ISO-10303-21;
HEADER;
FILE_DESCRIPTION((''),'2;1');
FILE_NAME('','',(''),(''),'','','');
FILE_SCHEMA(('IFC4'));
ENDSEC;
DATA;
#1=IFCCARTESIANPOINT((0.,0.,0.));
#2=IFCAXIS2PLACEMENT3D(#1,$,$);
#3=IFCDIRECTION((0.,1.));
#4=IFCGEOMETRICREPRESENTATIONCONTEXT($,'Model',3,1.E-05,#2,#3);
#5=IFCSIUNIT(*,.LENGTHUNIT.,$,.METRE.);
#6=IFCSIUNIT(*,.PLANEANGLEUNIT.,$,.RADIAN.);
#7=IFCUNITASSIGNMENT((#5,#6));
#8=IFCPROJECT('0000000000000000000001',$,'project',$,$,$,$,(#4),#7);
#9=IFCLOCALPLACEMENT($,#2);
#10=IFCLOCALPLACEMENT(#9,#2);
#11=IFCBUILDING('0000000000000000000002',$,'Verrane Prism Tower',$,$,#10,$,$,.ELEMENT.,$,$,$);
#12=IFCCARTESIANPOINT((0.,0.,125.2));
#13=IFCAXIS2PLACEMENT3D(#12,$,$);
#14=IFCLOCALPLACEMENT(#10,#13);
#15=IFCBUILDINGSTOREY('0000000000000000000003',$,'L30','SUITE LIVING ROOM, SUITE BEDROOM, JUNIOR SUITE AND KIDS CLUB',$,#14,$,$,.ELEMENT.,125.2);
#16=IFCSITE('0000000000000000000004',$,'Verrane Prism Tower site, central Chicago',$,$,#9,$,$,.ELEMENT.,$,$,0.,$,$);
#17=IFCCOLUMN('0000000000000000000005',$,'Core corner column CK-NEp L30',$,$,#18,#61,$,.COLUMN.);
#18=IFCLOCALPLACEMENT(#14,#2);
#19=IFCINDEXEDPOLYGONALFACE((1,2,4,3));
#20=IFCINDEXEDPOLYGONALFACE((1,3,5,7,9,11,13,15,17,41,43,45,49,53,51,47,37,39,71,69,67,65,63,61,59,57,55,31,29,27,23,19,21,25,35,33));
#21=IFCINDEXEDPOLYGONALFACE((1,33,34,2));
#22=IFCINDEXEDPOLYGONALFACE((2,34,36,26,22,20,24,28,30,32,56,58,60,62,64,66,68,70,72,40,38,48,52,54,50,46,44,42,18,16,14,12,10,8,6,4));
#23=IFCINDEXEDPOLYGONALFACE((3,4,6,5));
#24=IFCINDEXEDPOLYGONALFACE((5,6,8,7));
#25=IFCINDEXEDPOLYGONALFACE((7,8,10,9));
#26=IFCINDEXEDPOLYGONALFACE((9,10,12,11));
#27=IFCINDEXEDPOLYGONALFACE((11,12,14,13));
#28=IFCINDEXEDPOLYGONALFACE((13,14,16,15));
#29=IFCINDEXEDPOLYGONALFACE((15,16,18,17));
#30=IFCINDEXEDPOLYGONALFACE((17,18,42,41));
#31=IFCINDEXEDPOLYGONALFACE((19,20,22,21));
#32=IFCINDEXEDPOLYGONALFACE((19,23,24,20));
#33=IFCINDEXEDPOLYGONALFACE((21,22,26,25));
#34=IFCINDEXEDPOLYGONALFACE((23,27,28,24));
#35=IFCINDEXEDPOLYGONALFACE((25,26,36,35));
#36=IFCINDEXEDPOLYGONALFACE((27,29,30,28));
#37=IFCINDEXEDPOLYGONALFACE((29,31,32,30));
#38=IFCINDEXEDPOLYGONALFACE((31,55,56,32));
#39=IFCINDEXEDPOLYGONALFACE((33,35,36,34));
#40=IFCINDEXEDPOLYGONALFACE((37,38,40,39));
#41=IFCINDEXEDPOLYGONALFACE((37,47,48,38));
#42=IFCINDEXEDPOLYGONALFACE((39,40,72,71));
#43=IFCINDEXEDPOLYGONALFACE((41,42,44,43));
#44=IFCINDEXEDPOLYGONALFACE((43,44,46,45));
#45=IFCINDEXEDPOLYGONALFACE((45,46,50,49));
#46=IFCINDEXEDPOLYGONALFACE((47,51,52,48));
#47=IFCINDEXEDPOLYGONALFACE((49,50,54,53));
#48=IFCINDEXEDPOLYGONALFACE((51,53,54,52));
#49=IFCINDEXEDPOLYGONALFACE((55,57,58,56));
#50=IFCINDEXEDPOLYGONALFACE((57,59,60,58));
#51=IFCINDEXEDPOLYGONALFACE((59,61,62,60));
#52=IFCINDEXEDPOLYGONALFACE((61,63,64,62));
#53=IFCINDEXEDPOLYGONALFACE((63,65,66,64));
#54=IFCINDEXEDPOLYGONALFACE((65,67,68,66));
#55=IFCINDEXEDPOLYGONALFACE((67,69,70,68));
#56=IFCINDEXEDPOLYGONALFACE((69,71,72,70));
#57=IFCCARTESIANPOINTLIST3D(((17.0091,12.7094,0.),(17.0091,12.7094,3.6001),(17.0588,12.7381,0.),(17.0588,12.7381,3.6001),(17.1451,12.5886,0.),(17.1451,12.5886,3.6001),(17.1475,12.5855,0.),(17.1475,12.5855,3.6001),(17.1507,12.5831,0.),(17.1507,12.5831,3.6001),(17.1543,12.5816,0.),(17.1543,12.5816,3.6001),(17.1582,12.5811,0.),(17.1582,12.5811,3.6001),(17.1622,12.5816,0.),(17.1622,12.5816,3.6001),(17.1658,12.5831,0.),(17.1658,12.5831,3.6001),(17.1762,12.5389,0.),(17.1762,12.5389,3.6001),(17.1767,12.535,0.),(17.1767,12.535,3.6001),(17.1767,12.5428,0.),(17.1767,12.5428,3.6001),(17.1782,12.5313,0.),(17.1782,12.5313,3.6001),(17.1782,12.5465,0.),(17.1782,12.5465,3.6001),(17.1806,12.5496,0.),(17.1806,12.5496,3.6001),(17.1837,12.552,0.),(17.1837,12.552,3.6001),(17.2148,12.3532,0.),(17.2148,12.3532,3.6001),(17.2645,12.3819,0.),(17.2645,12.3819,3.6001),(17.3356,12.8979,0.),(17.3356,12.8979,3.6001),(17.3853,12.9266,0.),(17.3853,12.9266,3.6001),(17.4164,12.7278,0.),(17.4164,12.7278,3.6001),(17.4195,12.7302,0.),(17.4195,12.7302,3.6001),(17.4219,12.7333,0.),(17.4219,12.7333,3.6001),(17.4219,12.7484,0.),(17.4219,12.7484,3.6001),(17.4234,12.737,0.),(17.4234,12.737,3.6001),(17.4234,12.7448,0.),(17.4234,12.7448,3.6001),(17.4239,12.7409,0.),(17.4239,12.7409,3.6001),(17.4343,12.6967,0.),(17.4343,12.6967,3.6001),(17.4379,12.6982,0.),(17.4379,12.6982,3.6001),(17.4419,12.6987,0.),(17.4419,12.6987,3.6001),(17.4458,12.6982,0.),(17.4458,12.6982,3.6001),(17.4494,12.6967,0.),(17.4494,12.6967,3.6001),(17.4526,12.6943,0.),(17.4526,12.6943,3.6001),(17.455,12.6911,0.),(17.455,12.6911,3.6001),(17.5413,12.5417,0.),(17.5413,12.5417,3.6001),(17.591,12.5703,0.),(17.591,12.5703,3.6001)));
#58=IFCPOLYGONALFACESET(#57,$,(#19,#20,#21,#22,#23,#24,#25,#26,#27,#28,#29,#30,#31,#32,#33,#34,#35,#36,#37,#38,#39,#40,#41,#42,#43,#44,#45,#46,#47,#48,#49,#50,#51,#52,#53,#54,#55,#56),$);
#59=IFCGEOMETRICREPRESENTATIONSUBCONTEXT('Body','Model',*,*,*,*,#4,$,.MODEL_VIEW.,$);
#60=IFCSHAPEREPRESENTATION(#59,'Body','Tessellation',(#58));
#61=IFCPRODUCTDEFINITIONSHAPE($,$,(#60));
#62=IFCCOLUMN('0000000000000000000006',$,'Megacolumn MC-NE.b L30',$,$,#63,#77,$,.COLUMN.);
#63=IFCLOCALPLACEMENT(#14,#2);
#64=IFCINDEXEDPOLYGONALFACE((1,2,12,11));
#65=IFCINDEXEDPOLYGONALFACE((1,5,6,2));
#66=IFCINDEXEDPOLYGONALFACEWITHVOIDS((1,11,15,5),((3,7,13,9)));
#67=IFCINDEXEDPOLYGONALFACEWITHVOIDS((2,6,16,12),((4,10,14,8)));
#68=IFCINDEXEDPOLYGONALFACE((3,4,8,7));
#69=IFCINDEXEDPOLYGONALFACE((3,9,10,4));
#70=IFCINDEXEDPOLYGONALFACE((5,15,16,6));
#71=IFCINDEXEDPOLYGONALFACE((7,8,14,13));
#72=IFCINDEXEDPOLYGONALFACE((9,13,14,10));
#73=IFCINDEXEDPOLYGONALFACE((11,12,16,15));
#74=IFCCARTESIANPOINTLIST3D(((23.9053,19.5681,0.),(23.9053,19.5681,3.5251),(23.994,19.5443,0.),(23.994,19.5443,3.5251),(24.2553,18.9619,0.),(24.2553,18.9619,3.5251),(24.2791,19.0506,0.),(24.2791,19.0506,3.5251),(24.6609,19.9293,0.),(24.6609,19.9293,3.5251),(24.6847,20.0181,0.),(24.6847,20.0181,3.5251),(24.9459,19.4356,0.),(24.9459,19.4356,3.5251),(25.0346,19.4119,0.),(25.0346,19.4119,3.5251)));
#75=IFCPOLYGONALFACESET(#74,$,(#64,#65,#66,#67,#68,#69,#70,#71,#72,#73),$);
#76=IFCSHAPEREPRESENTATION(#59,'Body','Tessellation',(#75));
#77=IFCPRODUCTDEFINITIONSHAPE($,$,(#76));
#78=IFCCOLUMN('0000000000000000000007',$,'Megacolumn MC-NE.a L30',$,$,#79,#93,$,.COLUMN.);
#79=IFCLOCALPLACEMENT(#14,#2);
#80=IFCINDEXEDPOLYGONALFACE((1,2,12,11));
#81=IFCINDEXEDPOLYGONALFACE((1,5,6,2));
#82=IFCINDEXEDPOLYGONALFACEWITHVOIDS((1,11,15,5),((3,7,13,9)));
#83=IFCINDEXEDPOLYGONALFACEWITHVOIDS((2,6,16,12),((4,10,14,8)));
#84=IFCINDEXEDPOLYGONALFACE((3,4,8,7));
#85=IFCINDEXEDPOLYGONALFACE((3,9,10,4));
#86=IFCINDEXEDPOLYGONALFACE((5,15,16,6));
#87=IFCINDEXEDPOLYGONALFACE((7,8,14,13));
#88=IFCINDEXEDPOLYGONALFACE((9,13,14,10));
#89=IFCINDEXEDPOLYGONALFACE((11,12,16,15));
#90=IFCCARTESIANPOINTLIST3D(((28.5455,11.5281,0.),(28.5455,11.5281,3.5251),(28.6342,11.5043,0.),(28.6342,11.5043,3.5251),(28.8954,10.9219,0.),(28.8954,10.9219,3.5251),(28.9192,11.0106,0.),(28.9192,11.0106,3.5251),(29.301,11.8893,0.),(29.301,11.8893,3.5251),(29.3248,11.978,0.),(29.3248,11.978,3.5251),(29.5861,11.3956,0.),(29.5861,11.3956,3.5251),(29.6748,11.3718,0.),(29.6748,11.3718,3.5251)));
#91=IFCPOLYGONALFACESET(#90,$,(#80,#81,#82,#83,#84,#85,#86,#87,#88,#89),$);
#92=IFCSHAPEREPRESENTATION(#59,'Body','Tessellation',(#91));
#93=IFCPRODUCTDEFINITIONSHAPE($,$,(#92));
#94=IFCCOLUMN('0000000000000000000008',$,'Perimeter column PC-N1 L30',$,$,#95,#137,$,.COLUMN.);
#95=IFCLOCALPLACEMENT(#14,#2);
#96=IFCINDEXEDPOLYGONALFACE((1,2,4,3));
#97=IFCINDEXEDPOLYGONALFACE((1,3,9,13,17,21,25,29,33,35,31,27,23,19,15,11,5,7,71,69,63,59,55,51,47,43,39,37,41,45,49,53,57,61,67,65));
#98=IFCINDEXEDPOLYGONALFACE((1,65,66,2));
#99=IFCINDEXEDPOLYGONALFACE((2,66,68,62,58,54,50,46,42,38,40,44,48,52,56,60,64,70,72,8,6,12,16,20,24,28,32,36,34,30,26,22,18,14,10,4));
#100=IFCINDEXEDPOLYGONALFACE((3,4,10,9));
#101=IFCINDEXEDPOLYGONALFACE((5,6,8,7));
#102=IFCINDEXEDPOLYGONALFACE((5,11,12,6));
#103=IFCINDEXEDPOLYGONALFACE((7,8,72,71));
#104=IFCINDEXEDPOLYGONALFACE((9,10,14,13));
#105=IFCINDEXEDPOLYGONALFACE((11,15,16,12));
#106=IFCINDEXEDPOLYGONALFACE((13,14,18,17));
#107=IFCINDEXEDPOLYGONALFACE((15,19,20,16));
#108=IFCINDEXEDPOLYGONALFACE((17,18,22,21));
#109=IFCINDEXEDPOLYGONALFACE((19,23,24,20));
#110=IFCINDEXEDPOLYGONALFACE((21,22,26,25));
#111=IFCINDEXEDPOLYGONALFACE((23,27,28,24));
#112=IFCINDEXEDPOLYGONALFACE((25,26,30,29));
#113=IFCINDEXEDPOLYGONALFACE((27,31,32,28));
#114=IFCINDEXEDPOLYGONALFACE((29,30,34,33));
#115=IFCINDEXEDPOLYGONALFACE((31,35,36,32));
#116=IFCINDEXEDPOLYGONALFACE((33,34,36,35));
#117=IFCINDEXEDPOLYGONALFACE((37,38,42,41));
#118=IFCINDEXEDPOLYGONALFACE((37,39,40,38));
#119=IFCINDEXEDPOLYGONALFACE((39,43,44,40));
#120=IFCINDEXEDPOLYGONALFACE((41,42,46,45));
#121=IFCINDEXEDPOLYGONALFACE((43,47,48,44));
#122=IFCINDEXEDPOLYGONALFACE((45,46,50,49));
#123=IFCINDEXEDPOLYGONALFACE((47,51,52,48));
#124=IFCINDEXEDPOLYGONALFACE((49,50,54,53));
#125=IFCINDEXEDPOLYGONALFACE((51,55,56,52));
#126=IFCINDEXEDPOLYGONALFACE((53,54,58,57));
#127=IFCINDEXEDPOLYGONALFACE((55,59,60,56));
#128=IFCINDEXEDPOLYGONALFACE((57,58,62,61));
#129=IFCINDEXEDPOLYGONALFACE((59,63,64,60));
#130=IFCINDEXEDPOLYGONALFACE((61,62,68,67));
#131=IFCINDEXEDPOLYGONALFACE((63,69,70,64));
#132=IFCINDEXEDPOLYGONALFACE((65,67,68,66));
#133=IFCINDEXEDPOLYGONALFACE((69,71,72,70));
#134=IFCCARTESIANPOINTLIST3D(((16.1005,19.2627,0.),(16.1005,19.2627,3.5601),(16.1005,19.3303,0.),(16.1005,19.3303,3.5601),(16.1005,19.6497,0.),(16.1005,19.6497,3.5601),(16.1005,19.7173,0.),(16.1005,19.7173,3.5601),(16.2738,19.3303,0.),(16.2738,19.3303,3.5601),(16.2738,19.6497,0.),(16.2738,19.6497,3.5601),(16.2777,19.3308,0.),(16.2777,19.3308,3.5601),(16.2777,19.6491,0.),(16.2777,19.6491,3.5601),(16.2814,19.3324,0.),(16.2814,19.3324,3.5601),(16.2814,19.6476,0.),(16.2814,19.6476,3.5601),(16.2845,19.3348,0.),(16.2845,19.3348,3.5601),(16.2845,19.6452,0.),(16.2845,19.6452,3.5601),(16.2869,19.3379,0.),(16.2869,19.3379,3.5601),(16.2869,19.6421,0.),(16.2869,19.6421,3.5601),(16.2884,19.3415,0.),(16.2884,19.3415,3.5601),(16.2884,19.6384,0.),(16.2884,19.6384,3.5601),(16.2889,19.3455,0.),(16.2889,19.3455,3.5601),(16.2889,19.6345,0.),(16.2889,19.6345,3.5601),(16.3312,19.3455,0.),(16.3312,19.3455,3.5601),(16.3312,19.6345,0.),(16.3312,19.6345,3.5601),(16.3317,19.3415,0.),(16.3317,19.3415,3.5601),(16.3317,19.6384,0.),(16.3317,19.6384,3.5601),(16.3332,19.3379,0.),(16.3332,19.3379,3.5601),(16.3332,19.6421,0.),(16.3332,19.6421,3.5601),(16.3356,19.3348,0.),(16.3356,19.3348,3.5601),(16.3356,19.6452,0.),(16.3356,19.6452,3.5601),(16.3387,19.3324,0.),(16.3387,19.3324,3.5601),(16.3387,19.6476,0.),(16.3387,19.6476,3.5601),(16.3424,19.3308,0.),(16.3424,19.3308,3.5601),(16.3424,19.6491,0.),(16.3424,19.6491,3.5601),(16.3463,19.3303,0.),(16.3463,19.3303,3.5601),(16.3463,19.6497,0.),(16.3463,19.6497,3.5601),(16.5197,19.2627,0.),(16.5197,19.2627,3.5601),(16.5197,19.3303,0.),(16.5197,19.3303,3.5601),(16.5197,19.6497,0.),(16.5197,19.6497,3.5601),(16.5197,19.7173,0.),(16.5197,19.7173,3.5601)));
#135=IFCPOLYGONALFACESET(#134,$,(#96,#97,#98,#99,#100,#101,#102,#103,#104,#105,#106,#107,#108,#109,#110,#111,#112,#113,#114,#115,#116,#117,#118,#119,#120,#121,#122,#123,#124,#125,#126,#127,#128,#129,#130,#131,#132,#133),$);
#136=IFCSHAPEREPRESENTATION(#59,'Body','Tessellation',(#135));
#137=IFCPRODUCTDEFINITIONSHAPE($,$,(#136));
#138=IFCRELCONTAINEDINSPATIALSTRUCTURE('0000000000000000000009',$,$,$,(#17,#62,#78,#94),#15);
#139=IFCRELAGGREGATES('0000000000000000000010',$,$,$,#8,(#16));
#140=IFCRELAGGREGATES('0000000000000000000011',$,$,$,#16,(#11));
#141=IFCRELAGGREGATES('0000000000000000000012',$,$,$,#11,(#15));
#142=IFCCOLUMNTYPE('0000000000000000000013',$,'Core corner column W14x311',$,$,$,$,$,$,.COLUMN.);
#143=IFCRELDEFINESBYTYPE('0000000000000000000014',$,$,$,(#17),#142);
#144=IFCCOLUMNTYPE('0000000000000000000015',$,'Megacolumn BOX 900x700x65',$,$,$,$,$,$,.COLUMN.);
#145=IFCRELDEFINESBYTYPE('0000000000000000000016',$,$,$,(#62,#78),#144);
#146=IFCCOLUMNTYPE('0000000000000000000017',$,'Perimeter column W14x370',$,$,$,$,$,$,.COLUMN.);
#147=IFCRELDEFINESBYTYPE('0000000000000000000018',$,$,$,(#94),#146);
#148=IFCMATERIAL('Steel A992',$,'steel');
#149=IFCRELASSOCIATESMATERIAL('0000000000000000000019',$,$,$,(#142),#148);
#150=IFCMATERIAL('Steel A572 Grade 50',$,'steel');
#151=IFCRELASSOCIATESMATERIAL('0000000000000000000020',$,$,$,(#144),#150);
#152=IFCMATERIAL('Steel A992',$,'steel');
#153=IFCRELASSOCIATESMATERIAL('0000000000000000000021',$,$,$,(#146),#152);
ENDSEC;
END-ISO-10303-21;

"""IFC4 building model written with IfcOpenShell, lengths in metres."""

from ifc_helpers import new_model, si_unit, direction, frame, origin, origin_2d, place, context, subcontext, project, spatial, hollow_rectangle, i_section, extrude, material, material_profile, profile_set, type_object, element, save


model = new_model("IFC4")

# Units and contexts
model_context = context("Model", 3, precision=1e-05, world=origin(), true_north=direction((0.0, 1.0)))
body_context = subcontext(model_context, "Body", "Model", "MODEL_VIEW")
ifc_project = project(units=[si_unit("LENGTHUNIT", "METRE"), si_unit("PLANEANGLEUNIT", "RADIAN")], contexts=[model_context])

# Site, building, storey
site_placement = place(None, origin())
site = spatial("IfcSite", under=ifc_project, at=site_placement, Name="Verrane Prism Tower site, central Chicago", CompositionType="ELEMENT", RefElevation=0.0)
building_placement = place(site_placement, origin())
building = spatial("IfcBuilding", under=site, at=building_placement, Name="Verrane Prism Tower", CompositionType="ELEMENT")
storey_placement = place(building_placement, frame((0.0, 0.0, 125.2)))
storey = spatial("IfcBuildingStorey", under=building, at=storey_placement, Name="L30", Description="SUITE LIVING ROOM, SUITE BEDROOM, JUNIOR SUITE AND KIDS CLUB", CompositionType="ELEMENT", Elevation=125.2)

# Columns
ifc_material_1 = material(Name="Steel A992", Category="steel")
ifc_material_profile_1 = material_profile(ifc_material_1, i_section(OverallWidth=0.4114, OverallDepth=0.4343, WebThickness=0.0359, FlangeThickness=0.0574, FilletRadius=0.0151, at=origin_2d()), Name="W14x311")
ifc_profile_set_1 = profile_set([ifc_material_profile_1], Name="Steel A992")
column_type_1 = type_object("IfcColumnType", Name="Core corner column W14x311", PredefinedType="COLUMN", material=ifc_profile_set_1)
column_1_placement = place(storey_placement, frame((17.3, 12.6399, 0.0), z_axis=(0.0, 0.0, 1.0), x_axis=(0.5, -0.866025, 0.0)))
element("IfcColumn", 1, at=column_1_placement, inside=storey, type_object=column_type_1, Name="Core corner column CK-NEp L30", PredefinedType="COLUMN", context=body_context, shape_type="SweptSolid", body=[
    extrude(i_section(OverallWidth=0.4114, OverallDepth=0.4343, WebThickness=0.0359, FlangeThickness=0.0574, FilletRadius=0.0151, at=origin_2d()), origin(), (0.0, 0.0, 1.0), 3.6001),
])
ifc_material_2 = material(Name="Steel A572 Grade 50", Category="steel")
ifc_material_profile_2 = material_profile(ifc_material_2, hollow_rectangle(XDim=0.7, YDim=0.8999, WallThickness=0.0649, at=origin_2d()), Name="BOX 900x700x65")
ifc_profile_set_2 = profile_set([ifc_material_profile_2], Name="Steel A572 Grade 50")
column_type_2 = type_object("IfcColumnType", Name="Megacolumn BOX 900x700x65", PredefinedType="COLUMN", material=ifc_profile_set_2)
for number, where, z_axis, x_axis, name in (
    (2, (24.47, 19.49, 0.0), (0.0, 0.0, 1.0), (0.5, -0.866025, 0.0), "Megacolumn MC-NE.b L30"),
    (3, (29.1101, 11.45, 0.0), (0.0, 0.0, 1.0), (0.5, -0.866025, 0.0), "Megacolumn MC-NE.a L30"),
):
    element("IfcColumn", number, at=place(storey_placement, frame(where, z_axis=z_axis, x_axis=x_axis)), inside=storey, type_object=column_type_2, Name=name, PredefinedType="COLUMN", context=body_context, shape_type="SweptSolid", body=[
        extrude(hollow_rectangle(XDim=0.7, YDim=0.8999, WallThickness=0.0649, at=origin_2d()), origin(), (0.0, 0.0, 1.0), 3.5251),
    ])
ifc_material_3 = material(Name="Steel A992", Category="steel")
ifc_material_profile_3 = material_profile(ifc_material_3, i_section(OverallWidth=0.4192, OverallDepth=0.4546, WebThickness=0.0422, FlangeThickness=0.0676, FilletRadius=0.0151, at=origin_2d()), Name="W14x370")
ifc_profile_set_3 = profile_set([ifc_material_profile_3], Name="Steel A992")
column_type_3 = type_object("IfcColumnType", Name="Perimeter column W14x370", PredefinedType="COLUMN", material=ifc_profile_set_3)
column_2_placement = place(storey_placement, frame((16.3101, 19.49, 0.0), z_axis=(0.0, 0.0, 1.0), x_axis=(1.0, 0.0, 0.0)))
element("IfcColumn", 4, at=column_2_placement, inside=storey, type_object=column_type_3, Name="Perimeter column PC-N1 L30", PredefinedType="COLUMN", context=body_context, shape_type="SweptSolid", body=[
    extrude(i_section(OverallWidth=0.4192, OverallDepth=0.4546, WebThickness=0.0422, FlangeThickness=0.0676, FilletRadius=0.0151, at=origin_2d()), origin(), (0.0, 0.0, 1.0), 3.5601),
])

save(model, "model.ifc")
